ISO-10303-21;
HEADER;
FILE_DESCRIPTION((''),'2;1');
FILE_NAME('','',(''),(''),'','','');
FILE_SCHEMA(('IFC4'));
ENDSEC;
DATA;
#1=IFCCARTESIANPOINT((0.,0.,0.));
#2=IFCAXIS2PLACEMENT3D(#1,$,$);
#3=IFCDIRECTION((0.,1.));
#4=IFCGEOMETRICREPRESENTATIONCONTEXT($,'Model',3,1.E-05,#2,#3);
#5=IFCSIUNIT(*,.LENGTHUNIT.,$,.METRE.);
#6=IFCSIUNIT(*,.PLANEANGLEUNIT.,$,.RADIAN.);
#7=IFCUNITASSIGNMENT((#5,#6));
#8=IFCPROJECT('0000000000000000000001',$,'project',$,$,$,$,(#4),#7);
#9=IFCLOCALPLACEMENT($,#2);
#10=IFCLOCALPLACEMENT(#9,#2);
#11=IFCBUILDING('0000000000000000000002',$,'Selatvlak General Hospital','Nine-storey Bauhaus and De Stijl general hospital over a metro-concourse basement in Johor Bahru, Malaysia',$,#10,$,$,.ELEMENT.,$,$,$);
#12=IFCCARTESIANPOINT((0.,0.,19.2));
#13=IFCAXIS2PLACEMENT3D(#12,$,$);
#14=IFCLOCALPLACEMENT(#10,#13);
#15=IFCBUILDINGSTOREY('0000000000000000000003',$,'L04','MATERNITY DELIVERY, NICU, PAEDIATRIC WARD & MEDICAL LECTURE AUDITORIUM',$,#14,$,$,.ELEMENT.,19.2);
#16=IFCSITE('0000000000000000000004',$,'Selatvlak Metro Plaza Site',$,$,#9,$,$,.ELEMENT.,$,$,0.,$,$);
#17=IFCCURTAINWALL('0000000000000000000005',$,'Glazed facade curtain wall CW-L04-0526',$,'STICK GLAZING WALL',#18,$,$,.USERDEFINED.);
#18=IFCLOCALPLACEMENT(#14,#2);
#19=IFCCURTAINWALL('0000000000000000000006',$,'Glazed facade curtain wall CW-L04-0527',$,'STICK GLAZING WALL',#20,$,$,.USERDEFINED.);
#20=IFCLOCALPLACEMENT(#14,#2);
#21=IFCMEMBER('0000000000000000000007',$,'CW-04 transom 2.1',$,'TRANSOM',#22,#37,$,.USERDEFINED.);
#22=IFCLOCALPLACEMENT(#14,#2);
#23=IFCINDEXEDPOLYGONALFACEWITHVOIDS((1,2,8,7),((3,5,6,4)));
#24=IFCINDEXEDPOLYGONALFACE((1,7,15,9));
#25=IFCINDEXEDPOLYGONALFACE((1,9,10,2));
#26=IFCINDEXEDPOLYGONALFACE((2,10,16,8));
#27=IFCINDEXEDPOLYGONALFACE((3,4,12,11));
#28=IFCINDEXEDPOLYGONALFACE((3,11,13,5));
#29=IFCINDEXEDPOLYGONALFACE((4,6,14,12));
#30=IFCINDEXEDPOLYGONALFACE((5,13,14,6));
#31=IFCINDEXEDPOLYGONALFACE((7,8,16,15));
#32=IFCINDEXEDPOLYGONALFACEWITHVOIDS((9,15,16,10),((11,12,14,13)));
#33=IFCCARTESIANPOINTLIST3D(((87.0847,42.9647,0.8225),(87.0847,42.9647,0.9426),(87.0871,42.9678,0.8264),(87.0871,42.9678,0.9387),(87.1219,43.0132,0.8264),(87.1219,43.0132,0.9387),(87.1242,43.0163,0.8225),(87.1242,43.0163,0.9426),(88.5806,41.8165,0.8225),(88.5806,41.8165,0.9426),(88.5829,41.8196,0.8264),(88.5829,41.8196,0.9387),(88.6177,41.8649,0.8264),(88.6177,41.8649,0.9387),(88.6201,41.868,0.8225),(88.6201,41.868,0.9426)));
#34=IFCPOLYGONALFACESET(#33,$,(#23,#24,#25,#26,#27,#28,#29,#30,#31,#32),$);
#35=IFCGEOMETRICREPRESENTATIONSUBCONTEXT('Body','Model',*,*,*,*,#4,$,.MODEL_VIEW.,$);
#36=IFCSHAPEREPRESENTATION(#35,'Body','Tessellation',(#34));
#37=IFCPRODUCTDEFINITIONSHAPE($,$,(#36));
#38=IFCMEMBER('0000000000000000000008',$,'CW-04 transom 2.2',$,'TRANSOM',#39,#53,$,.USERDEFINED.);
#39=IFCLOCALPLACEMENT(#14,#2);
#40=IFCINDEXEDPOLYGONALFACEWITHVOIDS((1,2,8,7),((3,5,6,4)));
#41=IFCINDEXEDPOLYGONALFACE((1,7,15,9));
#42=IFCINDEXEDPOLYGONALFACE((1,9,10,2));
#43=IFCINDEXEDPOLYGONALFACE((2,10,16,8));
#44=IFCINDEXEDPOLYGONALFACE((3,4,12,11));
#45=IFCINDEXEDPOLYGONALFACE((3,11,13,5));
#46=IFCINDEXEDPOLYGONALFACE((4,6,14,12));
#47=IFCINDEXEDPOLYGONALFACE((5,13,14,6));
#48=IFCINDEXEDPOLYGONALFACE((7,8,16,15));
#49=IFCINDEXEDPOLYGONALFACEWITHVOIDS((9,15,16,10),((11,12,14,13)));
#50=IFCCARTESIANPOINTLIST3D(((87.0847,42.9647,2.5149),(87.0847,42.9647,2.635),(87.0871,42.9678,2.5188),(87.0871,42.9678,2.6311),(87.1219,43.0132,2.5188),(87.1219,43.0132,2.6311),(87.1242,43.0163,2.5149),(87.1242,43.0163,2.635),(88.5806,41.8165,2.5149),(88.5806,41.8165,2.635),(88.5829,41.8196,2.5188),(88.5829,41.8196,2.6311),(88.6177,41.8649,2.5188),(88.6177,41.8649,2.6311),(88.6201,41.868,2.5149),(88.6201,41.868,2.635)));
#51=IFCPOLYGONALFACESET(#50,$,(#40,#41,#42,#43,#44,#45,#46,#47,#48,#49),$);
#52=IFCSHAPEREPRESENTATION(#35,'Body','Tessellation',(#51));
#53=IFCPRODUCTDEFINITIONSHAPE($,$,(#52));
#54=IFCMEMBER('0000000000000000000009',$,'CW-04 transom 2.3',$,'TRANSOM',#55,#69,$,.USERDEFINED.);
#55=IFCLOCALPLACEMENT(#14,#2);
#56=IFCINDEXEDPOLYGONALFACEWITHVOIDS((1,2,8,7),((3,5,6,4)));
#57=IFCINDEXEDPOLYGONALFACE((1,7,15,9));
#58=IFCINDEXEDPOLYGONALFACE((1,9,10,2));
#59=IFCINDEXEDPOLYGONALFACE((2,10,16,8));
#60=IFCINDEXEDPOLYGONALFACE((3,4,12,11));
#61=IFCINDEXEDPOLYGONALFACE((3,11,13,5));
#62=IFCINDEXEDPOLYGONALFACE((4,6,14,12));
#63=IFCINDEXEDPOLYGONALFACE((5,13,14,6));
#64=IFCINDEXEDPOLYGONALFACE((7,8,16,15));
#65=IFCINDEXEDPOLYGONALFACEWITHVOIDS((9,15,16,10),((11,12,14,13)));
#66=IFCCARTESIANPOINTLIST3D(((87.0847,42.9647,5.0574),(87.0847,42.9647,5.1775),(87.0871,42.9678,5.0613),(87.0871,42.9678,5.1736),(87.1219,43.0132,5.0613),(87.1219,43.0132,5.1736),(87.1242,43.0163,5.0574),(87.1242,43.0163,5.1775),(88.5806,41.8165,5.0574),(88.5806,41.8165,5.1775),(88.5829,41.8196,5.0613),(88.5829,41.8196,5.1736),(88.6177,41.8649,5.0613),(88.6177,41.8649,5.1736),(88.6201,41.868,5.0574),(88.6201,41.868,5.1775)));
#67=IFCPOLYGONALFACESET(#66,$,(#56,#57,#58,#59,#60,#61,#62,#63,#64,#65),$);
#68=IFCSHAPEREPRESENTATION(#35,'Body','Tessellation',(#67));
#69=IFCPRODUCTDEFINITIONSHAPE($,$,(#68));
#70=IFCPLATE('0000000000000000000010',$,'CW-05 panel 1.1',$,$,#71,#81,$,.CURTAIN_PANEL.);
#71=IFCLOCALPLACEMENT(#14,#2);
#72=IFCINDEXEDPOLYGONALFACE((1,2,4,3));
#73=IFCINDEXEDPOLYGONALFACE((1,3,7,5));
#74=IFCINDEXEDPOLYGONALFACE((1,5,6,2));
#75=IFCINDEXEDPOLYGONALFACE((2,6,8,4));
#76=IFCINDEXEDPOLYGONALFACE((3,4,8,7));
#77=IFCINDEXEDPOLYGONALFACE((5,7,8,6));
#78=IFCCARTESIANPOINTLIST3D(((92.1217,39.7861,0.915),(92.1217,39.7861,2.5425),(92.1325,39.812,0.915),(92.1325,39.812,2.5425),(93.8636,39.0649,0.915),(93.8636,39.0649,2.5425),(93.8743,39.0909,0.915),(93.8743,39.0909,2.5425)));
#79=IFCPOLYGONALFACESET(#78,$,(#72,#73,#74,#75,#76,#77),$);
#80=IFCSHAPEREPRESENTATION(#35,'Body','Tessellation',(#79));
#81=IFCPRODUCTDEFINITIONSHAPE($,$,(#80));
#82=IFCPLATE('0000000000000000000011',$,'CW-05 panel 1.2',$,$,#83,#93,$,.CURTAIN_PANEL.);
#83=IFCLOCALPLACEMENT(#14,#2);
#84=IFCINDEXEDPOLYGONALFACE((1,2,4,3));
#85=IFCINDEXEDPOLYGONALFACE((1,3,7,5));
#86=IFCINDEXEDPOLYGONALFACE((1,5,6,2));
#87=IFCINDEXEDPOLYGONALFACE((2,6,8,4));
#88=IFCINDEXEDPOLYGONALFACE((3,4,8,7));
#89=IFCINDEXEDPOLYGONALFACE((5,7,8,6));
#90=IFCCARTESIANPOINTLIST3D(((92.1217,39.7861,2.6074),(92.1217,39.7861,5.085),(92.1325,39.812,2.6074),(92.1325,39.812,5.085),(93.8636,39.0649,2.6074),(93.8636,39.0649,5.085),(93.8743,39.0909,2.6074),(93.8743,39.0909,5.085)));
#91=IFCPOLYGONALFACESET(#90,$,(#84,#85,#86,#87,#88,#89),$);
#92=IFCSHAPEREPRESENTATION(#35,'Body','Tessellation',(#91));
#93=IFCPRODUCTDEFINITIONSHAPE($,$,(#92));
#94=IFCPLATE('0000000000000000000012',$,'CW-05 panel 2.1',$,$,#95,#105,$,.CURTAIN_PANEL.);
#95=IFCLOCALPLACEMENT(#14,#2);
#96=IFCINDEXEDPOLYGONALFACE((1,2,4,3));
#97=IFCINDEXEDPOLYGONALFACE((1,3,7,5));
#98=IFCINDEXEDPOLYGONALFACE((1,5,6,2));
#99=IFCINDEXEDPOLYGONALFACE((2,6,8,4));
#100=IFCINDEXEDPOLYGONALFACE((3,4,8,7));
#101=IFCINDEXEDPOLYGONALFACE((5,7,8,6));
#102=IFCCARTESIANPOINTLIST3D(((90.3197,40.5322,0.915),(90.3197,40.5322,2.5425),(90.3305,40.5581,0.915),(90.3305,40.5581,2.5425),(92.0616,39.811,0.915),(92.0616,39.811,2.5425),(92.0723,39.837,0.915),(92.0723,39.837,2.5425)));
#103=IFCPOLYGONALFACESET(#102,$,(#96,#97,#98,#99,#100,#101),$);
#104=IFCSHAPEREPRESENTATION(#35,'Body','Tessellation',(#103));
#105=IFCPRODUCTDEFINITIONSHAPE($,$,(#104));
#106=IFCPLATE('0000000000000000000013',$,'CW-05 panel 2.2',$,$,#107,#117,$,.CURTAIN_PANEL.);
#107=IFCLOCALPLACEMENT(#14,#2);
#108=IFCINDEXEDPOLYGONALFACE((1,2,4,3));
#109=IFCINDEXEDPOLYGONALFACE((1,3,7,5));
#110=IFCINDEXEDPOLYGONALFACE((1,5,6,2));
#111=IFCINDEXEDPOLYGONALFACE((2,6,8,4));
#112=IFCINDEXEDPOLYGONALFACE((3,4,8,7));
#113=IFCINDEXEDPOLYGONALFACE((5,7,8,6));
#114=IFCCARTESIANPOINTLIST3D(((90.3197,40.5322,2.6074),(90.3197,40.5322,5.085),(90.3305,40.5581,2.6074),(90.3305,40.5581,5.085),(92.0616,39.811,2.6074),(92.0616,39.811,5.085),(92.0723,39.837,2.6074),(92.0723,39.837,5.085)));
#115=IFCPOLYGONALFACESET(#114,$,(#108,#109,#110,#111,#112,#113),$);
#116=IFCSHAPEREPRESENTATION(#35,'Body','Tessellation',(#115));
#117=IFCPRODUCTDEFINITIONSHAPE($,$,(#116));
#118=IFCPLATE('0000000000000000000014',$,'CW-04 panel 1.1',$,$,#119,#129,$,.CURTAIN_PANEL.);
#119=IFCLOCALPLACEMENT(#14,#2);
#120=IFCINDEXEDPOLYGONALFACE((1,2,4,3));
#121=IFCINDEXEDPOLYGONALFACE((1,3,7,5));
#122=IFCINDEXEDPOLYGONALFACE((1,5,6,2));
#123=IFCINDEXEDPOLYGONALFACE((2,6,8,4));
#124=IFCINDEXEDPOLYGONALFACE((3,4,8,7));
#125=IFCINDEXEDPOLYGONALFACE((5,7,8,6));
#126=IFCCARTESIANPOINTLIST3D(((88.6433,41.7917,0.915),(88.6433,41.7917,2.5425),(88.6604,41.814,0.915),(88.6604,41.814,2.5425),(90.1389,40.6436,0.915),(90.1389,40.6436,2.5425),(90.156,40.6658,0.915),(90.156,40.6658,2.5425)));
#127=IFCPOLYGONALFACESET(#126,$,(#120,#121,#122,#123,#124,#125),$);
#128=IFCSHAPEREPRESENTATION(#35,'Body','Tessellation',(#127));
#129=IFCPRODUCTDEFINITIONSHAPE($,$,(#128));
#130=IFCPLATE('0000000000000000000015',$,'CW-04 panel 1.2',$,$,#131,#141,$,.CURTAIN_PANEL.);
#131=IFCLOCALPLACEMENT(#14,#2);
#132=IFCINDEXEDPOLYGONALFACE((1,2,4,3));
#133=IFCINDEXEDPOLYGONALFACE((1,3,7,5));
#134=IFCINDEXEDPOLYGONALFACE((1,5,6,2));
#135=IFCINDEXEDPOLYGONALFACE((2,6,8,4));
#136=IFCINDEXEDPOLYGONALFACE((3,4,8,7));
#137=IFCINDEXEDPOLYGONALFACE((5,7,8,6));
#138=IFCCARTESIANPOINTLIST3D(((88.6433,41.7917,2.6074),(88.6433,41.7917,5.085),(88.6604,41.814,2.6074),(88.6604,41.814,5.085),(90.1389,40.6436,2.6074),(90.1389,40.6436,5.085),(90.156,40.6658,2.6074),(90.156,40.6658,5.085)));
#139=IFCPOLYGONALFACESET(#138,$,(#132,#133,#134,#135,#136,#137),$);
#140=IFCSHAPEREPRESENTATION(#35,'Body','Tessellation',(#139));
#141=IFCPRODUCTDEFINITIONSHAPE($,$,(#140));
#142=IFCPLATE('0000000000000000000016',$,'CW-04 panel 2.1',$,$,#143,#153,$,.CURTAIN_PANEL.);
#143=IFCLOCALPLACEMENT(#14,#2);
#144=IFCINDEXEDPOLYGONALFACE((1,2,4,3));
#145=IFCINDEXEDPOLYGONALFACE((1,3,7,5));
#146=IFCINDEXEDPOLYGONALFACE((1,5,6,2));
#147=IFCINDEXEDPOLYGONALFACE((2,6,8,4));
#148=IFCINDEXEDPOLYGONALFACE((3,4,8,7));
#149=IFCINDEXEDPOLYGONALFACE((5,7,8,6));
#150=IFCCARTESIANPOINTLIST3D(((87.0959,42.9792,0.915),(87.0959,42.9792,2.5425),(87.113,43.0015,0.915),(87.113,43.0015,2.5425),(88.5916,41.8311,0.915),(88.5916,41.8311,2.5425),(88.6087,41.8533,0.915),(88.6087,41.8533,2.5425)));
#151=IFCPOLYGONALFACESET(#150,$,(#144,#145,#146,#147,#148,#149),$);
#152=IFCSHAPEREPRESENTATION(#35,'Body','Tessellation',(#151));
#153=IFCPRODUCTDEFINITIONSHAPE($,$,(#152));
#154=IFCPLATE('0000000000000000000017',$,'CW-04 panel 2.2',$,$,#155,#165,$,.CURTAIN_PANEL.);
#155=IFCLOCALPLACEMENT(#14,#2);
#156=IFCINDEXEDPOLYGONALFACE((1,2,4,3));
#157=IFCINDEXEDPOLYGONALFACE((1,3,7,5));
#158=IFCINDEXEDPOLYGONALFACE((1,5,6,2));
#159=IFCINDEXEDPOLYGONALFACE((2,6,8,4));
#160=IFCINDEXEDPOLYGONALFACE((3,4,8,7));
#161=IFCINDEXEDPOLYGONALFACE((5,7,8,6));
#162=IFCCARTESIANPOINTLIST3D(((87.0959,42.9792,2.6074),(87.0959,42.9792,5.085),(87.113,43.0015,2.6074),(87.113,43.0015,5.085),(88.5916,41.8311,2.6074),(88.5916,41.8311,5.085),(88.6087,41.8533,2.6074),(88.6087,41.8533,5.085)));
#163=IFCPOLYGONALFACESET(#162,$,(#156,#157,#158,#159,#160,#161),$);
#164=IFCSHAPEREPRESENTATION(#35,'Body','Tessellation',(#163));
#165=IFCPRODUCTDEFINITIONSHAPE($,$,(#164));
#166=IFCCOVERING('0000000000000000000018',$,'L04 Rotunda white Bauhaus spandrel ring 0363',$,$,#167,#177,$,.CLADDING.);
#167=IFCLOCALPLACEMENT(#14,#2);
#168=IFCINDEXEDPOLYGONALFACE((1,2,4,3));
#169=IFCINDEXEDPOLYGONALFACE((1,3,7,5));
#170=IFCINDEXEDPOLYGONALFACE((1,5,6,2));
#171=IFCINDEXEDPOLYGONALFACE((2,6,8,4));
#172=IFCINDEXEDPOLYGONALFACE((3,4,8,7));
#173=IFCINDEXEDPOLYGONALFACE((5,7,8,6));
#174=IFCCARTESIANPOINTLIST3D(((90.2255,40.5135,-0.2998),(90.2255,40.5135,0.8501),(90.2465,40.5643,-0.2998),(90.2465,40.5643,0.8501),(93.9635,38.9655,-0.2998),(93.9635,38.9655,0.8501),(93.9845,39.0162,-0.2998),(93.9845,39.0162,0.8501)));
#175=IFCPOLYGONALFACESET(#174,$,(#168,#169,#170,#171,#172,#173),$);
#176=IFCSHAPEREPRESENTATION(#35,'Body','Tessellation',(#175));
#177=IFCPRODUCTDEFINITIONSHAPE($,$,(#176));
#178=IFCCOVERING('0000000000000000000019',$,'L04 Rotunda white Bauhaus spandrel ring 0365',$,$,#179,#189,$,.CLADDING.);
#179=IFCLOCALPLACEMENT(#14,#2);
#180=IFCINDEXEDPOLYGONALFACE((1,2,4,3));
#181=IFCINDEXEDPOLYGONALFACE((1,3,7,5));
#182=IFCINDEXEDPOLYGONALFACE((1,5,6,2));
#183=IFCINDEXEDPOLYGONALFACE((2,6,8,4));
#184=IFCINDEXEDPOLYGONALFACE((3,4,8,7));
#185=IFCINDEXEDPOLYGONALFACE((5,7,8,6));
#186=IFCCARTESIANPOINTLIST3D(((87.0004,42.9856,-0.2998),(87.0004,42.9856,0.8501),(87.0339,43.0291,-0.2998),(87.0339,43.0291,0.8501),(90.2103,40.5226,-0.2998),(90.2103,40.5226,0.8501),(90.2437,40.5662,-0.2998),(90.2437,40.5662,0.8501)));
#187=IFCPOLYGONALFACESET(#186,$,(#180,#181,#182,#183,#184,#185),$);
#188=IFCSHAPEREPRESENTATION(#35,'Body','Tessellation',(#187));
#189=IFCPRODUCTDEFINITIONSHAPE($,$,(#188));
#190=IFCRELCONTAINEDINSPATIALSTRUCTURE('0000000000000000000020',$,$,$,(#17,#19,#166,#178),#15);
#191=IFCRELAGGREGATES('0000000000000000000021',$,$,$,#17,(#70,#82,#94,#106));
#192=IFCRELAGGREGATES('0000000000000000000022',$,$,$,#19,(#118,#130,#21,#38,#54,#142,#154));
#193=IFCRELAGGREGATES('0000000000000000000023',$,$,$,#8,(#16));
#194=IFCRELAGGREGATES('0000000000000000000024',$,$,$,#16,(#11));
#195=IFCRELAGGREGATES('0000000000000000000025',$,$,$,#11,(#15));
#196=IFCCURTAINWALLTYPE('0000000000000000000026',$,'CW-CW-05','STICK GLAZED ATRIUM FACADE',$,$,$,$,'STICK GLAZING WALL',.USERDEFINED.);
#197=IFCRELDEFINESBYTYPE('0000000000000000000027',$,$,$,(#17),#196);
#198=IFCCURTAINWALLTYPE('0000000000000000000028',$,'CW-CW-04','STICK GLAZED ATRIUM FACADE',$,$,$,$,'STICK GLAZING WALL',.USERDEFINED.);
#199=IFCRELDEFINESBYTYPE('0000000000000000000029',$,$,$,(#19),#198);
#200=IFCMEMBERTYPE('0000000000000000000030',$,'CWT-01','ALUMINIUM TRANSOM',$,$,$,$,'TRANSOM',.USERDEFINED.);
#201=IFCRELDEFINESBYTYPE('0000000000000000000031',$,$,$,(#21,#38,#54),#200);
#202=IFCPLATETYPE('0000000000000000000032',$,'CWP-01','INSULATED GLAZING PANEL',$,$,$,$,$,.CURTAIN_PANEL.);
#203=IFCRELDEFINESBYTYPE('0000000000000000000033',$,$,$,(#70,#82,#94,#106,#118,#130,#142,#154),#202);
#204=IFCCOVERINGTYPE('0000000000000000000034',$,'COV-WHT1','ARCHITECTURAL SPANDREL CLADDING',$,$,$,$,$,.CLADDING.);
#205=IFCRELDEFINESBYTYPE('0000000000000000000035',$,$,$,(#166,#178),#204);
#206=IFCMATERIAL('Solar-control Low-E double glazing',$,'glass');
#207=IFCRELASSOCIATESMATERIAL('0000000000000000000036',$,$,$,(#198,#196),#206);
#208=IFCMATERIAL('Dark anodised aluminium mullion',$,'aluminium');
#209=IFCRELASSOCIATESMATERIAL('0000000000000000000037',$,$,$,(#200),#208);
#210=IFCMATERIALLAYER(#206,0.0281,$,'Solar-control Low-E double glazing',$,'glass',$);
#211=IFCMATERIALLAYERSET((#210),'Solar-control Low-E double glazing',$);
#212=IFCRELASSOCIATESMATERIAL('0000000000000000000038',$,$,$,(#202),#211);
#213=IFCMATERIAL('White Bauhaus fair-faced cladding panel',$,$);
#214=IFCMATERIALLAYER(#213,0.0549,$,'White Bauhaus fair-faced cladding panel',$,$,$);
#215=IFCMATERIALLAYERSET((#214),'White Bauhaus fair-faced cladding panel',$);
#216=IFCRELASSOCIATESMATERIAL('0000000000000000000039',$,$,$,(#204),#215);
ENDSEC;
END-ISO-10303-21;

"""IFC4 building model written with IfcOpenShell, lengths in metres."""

from ifc_helpers import new_model, si_unit, direction, frame, origin, origin_2d, place, context, subcontext, project, spatial, rectangle, hollow_rectangle, extrude, material, layer, layer_set, material_profile, profile_set, type_object, element, aggregate, save


model = new_model("IFC4")

# Units and contexts
model_context = context("Model", 3, precision=1e-05, world=origin(), true_north=direction((0.0, 1.0)))
body_context = subcontext(model_context, "Body", "Model", "MODEL_VIEW")
ifc_project = project(units=[si_unit("LENGTHUNIT", "METRE"), si_unit("PLANEANGLEUNIT", "RADIAN")], contexts=[model_context])

# Site, building, storey
site_placement = place(None, origin())
site = spatial("IfcSite", under=ifc_project, at=site_placement, Name="Selatvlak Metro Plaza Site", CompositionType="ELEMENT", RefElevation=0.0)
building_placement = place(site_placement, origin())
building = spatial("IfcBuilding", under=site, at=building_placement, Name="Selatvlak General Hospital", Description="Nine-storey Bauhaus and De Stijl general hospital over a metro-concourse basement in Johor Bahru, Malaysia", CompositionType="ELEMENT")
storey_placement = place(building_placement, frame((0.0, 0.0, 19.2)))
storey = spatial("IfcBuildingStorey", under=building, at=storey_placement, Name="L04", Description="MATERNITY DELIVERY, NICU, PAEDIATRIC WARD & MEDICAL LECTURE AUDITORIUM", CompositionType="ELEMENT", Elevation=19.2)

# Shared definitions
ifc_material_1 = material(Name="Solar-control Low-E double glazing", Category="glass")
curtain_wall_type_1 = type_object("IfcCurtainWallType", Name="CW-CW-04", Description="STICK GLAZED ATRIUM FACADE", ElementType="STICK GLAZING WALL", PredefinedType="USERDEFINED", material=ifc_material_1)
ifc_material_2 = material(Name="Dark anodised aluminium mullion", Category="aluminium")

# Curtain walls
curtain_wall_type_2 = type_object("IfcCurtainWallType", Name="CW-CW-05", Description="STICK GLAZED ATRIUM FACADE", ElementType="STICK GLAZING WALL", PredefinedType="USERDEFINED", material=ifc_material_1)
curtain_wall_1_placement = place(storey_placement, origin())
curtain_wall_1 = element("IfcCurtainWall", 1, at=curtain_wall_1_placement, inside=storey, type_object=curtain_wall_type_2, Name="Glazed facade curtain wall CW-L04-0526", ObjectType="STICK GLAZING WALL", PredefinedType="USERDEFINED")
curtain_wall_2_placement = place(storey_placement, origin())
curtain_wall_2 = element("IfcCurtainWall", 2, at=curtain_wall_2_placement, inside=storey, type_object=curtain_wall_type_1, Name="Glazed facade curtain wall CW-L04-0527", ObjectType="STICK GLAZING WALL", PredefinedType="USERDEFINED")

# Members
ifc_material_profile_1 = material_profile(ifc_material_2, hollow_rectangle(XDim=0.0649, YDim=0.1201, WallThickness=0.0039, at=origin_2d()), Name="AL-TRN 65x120x4")
ifc_profile_set_1 = profile_set([ifc_material_profile_1], Name="Dark anodised aluminium mullion")
member_type_1 = type_object("IfcMemberType", Name="CWT-01", Description="ALUMINIUM TRANSOM", ElementType="TRANSOM", PredefinedType="USERDEFINED", material=ifc_profile_set_1)
member_1_placement = place(storey_placement, frame((88.6003, 41.8423, 0.8826), z_axis=(-0.793254, 0.608891, 0.0), x_axis=(-0.608891, -0.793254, 0.0)))
member_1 = element("IfcMember", 3, at=member_1_placement, type_object=member_type_1, Name="CW-04 transom 2.1", ObjectType="TRANSOM", PredefinedType="USERDEFINED", context=body_context, shape_type="SweptSolid", body=[
    extrude(hollow_rectangle(XDim=0.0649, YDim=0.1201, WallThickness=0.0039, at=origin_2d()), origin(), (0.0, 0.0, 1.0), 1.8857),
])
member_2_placement = place(storey_placement, frame((88.6003, 41.8423, 2.575), z_axis=(-0.793254, 0.608891, 0.0), x_axis=(-0.608891, -0.793254, 0.0)))
member_2 = element("IfcMember", 4, at=member_2_placement, type_object=member_type_1, Name="CW-04 transom 2.2", ObjectType="TRANSOM", PredefinedType="USERDEFINED", context=body_context, shape_type="SweptSolid", body=[
    extrude(hollow_rectangle(XDim=0.0649, YDim=0.1201, WallThickness=0.0039, at=origin_2d()), origin(), (0.0, 0.0, 1.0), 1.8857),
])
member_3_placement = place(storey_placement, frame((88.6003, 41.8423, 5.1174), z_axis=(-0.793254, 0.608891, 0.0), x_axis=(-0.608891, -0.793254, 0.0)))
member_3 = element("IfcMember", 5, at=member_3_placement, type_object=member_type_1, Name="CW-04 transom 2.3", ObjectType="TRANSOM", PredefinedType="USERDEFINED", context=body_context, shape_type="SweptSolid", body=[
    extrude(hollow_rectangle(XDim=0.0649, YDim=0.1201, WallThickness=0.0039, at=origin_2d()), origin(), (0.0, 0.0, 1.0), 1.8857),
])

# Plates
ifc_layer_1 = layer(ifc_material_1, 0.0281, Name="Solar-control Low-E double glazing", Category="glass")
ifc_layer_set_1 = layer_set([ifc_layer_1], Name="Solar-control Low-E double glazing")
plate_type = type_object("IfcPlateType", Name="CWP-01", Description="INSULATED GLAZING PANEL", PredefinedType="CURTAIN_PANEL", material=ifc_layer_set_1)
plate_1_placement = place(storey_placement, frame((92.998, 39.4385, 0.915), z_axis=(0.0, 0.0, 1.0), x_axis=(-0.92394, 0.382537, 0.0)))
plate_1 = element("IfcPlate", 6, at=plate_1_placement, type_object=plate_type, Name="CW-05 panel 1.1", PredefinedType="CURTAIN_PANEL", context=body_context, shape_type="SweptSolid", body=[
    extrude(rectangle(XDim=1.8853, YDim=0.0281, at=origin_2d()), origin(), (0.0, 0.0, 1.0), 1.6274),
])
plate_2_placement = place(storey_placement, frame((92.998, 39.4385, 2.6074), z_axis=(0.0, 0.0, 1.0), x_axis=(-0.92394, 0.382537, 0.0)))
plate_2 = element("IfcPlate", 7, at=plate_2_placement, type_object=plate_type, Name="CW-05 panel 1.2", PredefinedType="CURTAIN_PANEL", context=body_context, shape_type="SweptSolid", body=[
    extrude(rectangle(XDim=1.8853, YDim=0.0281, at=origin_2d()), origin(), (0.0, 0.0, 1.0), 2.4775),
])
plate_3_placement = place(storey_placement, frame((91.196, 40.1846, 0.915), z_axis=(0.0, 0.0, 1.0), x_axis=(-0.92394, 0.382537, 0.0)))
plate_3 = element("IfcPlate", 8, at=plate_3_placement, type_object=plate_type, Name="CW-05 panel 2.1", PredefinedType="CURTAIN_PANEL", context=body_context, shape_type="SweptSolid", body=[
    extrude(rectangle(XDim=1.8853, YDim=0.0281, at=origin_2d()), origin(), (0.0, 0.0, 1.0), 1.6274),
])
plate_4_placement = place(storey_placement, frame((91.196, 40.1846, 2.6074), z_axis=(0.0, 0.0, 1.0), x_axis=(-0.92394, 0.382537, 0.0)))
plate_4 = element("IfcPlate", 9, at=plate_4_placement, type_object=plate_type, Name="CW-05 panel 2.2", PredefinedType="CURTAIN_PANEL", context=body_context, shape_type="SweptSolid", body=[
    extrude(rectangle(XDim=1.8853, YDim=0.0281, at=origin_2d()), origin(), (0.0, 0.0, 1.0), 2.4775),
])
aggregate(curtain_wall_1, [plate_1, plate_2, plate_3, plate_4])
plate_5_placement = place(storey_placement, frame((89.3997, 41.2288, 0.915), z_axis=(0.0, 0.0, 1.0), x_axis=(-0.793233, 0.608918, 0.0)))
plate_5 = element("IfcPlate", 10, at=plate_5_placement, type_object=plate_type, Name="CW-04 panel 1.1", PredefinedType="CURTAIN_PANEL", context=body_context, shape_type="SweptSolid", body=[
    extrude(rectangle(XDim=1.8855, YDim=0.0281, at=origin_2d()), origin(), (0.0, 0.0, 1.0), 1.6274),
])
plate_6_placement = place(storey_placement, frame((89.3997, 41.2288, 2.6074), z_axis=(0.0, 0.0, 1.0), x_axis=(-0.793233, 0.608918, 0.0)))
plate_6 = element("IfcPlate", 11, at=plate_6_placement, type_object=plate_type, Name="CW-04 panel 1.2", PredefinedType="CURTAIN_PANEL", context=body_context, shape_type="SweptSolid", body=[
    extrude(rectangle(XDim=1.8855, YDim=0.0281, at=origin_2d()), origin(), (0.0, 0.0, 1.0), 2.4775),
])
plate_7_placement = place(storey_placement, frame((87.8523, 42.4163, 0.915), z_axis=(0.0, 0.0, 1.0), x_axis=(-0.793233, 0.608918, 0.0)))
plate_7 = element("IfcPlate", 12, at=plate_7_placement, type_object=plate_type, Name="CW-04 panel 2.1", PredefinedType="CURTAIN_PANEL", context=body_context, shape_type="SweptSolid", body=[
    extrude(rectangle(XDim=1.8855, YDim=0.0281, at=origin_2d()), origin(), (0.0, 0.0, 1.0), 1.6274),
])
plate_8_placement = place(storey_placement, frame((87.8523, 42.4163, 2.6074), z_axis=(0.0, 0.0, 1.0), x_axis=(-0.793233, 0.608918, 0.0)))
plate_8 = element("IfcPlate", 13, at=plate_8_placement, type_object=plate_type, Name="CW-04 panel 2.2", PredefinedType="CURTAIN_PANEL", context=body_context, shape_type="SweptSolid", body=[
    extrude(rectangle(XDim=1.8855, YDim=0.0281, at=origin_2d()), origin(), (0.0, 0.0, 1.0), 2.4775),
])
aggregate(curtain_wall_2, [plate_5, plate_6, member_1, member_2, member_3, plate_7, plate_8])

# Coverings
ifc_material_3 = material(Name="White Bauhaus fair-faced cladding panel")
ifc_layer_2 = layer(ifc_material_3, 0.0549, Name="White Bauhaus fair-faced cladding panel")
ifc_layer_set_2 = layer_set([ifc_layer_2], Name="White Bauhaus fair-faced cladding panel")
covering_type = type_object("IfcCoveringType", Name="COV-WHT1", Description="ARCHITECTURAL SPANDREL CLADDING", PredefinedType="CLADDING", material=ifc_layer_set_2)
for number, where, z_axis, x_axis, name in (
    (14, (92.105, 39.7649, -0.2998), (0.0, 0.0, 1.0), (-0.923906, 0.382619, 0.0), "L04 Rotunda white Bauhaus spandrel ring 0363"),
    (15, (88.6221, 41.7759, -0.2998), (0.0, 0.0, 1.0), (-0.793364, 0.608748, 0.0), "L04 Rotunda white Bauhaus spandrel ring 0365"),
):
    element("IfcCovering", number, at=place(storey_placement, frame(where, z_axis=z_axis, x_axis=x_axis)), inside=storey, type_object=covering_type, Name=name, PredefinedType="CLADDING", context=body_context, shape_type="SweptSolid", body=[
        extrude(rectangle(XDim=4.0459, YDim=0.0549, at=origin_2d()), origin(), (0.0, 0.0, 1.0), 1.1499),
    ])

save(model, "model.ifc")
